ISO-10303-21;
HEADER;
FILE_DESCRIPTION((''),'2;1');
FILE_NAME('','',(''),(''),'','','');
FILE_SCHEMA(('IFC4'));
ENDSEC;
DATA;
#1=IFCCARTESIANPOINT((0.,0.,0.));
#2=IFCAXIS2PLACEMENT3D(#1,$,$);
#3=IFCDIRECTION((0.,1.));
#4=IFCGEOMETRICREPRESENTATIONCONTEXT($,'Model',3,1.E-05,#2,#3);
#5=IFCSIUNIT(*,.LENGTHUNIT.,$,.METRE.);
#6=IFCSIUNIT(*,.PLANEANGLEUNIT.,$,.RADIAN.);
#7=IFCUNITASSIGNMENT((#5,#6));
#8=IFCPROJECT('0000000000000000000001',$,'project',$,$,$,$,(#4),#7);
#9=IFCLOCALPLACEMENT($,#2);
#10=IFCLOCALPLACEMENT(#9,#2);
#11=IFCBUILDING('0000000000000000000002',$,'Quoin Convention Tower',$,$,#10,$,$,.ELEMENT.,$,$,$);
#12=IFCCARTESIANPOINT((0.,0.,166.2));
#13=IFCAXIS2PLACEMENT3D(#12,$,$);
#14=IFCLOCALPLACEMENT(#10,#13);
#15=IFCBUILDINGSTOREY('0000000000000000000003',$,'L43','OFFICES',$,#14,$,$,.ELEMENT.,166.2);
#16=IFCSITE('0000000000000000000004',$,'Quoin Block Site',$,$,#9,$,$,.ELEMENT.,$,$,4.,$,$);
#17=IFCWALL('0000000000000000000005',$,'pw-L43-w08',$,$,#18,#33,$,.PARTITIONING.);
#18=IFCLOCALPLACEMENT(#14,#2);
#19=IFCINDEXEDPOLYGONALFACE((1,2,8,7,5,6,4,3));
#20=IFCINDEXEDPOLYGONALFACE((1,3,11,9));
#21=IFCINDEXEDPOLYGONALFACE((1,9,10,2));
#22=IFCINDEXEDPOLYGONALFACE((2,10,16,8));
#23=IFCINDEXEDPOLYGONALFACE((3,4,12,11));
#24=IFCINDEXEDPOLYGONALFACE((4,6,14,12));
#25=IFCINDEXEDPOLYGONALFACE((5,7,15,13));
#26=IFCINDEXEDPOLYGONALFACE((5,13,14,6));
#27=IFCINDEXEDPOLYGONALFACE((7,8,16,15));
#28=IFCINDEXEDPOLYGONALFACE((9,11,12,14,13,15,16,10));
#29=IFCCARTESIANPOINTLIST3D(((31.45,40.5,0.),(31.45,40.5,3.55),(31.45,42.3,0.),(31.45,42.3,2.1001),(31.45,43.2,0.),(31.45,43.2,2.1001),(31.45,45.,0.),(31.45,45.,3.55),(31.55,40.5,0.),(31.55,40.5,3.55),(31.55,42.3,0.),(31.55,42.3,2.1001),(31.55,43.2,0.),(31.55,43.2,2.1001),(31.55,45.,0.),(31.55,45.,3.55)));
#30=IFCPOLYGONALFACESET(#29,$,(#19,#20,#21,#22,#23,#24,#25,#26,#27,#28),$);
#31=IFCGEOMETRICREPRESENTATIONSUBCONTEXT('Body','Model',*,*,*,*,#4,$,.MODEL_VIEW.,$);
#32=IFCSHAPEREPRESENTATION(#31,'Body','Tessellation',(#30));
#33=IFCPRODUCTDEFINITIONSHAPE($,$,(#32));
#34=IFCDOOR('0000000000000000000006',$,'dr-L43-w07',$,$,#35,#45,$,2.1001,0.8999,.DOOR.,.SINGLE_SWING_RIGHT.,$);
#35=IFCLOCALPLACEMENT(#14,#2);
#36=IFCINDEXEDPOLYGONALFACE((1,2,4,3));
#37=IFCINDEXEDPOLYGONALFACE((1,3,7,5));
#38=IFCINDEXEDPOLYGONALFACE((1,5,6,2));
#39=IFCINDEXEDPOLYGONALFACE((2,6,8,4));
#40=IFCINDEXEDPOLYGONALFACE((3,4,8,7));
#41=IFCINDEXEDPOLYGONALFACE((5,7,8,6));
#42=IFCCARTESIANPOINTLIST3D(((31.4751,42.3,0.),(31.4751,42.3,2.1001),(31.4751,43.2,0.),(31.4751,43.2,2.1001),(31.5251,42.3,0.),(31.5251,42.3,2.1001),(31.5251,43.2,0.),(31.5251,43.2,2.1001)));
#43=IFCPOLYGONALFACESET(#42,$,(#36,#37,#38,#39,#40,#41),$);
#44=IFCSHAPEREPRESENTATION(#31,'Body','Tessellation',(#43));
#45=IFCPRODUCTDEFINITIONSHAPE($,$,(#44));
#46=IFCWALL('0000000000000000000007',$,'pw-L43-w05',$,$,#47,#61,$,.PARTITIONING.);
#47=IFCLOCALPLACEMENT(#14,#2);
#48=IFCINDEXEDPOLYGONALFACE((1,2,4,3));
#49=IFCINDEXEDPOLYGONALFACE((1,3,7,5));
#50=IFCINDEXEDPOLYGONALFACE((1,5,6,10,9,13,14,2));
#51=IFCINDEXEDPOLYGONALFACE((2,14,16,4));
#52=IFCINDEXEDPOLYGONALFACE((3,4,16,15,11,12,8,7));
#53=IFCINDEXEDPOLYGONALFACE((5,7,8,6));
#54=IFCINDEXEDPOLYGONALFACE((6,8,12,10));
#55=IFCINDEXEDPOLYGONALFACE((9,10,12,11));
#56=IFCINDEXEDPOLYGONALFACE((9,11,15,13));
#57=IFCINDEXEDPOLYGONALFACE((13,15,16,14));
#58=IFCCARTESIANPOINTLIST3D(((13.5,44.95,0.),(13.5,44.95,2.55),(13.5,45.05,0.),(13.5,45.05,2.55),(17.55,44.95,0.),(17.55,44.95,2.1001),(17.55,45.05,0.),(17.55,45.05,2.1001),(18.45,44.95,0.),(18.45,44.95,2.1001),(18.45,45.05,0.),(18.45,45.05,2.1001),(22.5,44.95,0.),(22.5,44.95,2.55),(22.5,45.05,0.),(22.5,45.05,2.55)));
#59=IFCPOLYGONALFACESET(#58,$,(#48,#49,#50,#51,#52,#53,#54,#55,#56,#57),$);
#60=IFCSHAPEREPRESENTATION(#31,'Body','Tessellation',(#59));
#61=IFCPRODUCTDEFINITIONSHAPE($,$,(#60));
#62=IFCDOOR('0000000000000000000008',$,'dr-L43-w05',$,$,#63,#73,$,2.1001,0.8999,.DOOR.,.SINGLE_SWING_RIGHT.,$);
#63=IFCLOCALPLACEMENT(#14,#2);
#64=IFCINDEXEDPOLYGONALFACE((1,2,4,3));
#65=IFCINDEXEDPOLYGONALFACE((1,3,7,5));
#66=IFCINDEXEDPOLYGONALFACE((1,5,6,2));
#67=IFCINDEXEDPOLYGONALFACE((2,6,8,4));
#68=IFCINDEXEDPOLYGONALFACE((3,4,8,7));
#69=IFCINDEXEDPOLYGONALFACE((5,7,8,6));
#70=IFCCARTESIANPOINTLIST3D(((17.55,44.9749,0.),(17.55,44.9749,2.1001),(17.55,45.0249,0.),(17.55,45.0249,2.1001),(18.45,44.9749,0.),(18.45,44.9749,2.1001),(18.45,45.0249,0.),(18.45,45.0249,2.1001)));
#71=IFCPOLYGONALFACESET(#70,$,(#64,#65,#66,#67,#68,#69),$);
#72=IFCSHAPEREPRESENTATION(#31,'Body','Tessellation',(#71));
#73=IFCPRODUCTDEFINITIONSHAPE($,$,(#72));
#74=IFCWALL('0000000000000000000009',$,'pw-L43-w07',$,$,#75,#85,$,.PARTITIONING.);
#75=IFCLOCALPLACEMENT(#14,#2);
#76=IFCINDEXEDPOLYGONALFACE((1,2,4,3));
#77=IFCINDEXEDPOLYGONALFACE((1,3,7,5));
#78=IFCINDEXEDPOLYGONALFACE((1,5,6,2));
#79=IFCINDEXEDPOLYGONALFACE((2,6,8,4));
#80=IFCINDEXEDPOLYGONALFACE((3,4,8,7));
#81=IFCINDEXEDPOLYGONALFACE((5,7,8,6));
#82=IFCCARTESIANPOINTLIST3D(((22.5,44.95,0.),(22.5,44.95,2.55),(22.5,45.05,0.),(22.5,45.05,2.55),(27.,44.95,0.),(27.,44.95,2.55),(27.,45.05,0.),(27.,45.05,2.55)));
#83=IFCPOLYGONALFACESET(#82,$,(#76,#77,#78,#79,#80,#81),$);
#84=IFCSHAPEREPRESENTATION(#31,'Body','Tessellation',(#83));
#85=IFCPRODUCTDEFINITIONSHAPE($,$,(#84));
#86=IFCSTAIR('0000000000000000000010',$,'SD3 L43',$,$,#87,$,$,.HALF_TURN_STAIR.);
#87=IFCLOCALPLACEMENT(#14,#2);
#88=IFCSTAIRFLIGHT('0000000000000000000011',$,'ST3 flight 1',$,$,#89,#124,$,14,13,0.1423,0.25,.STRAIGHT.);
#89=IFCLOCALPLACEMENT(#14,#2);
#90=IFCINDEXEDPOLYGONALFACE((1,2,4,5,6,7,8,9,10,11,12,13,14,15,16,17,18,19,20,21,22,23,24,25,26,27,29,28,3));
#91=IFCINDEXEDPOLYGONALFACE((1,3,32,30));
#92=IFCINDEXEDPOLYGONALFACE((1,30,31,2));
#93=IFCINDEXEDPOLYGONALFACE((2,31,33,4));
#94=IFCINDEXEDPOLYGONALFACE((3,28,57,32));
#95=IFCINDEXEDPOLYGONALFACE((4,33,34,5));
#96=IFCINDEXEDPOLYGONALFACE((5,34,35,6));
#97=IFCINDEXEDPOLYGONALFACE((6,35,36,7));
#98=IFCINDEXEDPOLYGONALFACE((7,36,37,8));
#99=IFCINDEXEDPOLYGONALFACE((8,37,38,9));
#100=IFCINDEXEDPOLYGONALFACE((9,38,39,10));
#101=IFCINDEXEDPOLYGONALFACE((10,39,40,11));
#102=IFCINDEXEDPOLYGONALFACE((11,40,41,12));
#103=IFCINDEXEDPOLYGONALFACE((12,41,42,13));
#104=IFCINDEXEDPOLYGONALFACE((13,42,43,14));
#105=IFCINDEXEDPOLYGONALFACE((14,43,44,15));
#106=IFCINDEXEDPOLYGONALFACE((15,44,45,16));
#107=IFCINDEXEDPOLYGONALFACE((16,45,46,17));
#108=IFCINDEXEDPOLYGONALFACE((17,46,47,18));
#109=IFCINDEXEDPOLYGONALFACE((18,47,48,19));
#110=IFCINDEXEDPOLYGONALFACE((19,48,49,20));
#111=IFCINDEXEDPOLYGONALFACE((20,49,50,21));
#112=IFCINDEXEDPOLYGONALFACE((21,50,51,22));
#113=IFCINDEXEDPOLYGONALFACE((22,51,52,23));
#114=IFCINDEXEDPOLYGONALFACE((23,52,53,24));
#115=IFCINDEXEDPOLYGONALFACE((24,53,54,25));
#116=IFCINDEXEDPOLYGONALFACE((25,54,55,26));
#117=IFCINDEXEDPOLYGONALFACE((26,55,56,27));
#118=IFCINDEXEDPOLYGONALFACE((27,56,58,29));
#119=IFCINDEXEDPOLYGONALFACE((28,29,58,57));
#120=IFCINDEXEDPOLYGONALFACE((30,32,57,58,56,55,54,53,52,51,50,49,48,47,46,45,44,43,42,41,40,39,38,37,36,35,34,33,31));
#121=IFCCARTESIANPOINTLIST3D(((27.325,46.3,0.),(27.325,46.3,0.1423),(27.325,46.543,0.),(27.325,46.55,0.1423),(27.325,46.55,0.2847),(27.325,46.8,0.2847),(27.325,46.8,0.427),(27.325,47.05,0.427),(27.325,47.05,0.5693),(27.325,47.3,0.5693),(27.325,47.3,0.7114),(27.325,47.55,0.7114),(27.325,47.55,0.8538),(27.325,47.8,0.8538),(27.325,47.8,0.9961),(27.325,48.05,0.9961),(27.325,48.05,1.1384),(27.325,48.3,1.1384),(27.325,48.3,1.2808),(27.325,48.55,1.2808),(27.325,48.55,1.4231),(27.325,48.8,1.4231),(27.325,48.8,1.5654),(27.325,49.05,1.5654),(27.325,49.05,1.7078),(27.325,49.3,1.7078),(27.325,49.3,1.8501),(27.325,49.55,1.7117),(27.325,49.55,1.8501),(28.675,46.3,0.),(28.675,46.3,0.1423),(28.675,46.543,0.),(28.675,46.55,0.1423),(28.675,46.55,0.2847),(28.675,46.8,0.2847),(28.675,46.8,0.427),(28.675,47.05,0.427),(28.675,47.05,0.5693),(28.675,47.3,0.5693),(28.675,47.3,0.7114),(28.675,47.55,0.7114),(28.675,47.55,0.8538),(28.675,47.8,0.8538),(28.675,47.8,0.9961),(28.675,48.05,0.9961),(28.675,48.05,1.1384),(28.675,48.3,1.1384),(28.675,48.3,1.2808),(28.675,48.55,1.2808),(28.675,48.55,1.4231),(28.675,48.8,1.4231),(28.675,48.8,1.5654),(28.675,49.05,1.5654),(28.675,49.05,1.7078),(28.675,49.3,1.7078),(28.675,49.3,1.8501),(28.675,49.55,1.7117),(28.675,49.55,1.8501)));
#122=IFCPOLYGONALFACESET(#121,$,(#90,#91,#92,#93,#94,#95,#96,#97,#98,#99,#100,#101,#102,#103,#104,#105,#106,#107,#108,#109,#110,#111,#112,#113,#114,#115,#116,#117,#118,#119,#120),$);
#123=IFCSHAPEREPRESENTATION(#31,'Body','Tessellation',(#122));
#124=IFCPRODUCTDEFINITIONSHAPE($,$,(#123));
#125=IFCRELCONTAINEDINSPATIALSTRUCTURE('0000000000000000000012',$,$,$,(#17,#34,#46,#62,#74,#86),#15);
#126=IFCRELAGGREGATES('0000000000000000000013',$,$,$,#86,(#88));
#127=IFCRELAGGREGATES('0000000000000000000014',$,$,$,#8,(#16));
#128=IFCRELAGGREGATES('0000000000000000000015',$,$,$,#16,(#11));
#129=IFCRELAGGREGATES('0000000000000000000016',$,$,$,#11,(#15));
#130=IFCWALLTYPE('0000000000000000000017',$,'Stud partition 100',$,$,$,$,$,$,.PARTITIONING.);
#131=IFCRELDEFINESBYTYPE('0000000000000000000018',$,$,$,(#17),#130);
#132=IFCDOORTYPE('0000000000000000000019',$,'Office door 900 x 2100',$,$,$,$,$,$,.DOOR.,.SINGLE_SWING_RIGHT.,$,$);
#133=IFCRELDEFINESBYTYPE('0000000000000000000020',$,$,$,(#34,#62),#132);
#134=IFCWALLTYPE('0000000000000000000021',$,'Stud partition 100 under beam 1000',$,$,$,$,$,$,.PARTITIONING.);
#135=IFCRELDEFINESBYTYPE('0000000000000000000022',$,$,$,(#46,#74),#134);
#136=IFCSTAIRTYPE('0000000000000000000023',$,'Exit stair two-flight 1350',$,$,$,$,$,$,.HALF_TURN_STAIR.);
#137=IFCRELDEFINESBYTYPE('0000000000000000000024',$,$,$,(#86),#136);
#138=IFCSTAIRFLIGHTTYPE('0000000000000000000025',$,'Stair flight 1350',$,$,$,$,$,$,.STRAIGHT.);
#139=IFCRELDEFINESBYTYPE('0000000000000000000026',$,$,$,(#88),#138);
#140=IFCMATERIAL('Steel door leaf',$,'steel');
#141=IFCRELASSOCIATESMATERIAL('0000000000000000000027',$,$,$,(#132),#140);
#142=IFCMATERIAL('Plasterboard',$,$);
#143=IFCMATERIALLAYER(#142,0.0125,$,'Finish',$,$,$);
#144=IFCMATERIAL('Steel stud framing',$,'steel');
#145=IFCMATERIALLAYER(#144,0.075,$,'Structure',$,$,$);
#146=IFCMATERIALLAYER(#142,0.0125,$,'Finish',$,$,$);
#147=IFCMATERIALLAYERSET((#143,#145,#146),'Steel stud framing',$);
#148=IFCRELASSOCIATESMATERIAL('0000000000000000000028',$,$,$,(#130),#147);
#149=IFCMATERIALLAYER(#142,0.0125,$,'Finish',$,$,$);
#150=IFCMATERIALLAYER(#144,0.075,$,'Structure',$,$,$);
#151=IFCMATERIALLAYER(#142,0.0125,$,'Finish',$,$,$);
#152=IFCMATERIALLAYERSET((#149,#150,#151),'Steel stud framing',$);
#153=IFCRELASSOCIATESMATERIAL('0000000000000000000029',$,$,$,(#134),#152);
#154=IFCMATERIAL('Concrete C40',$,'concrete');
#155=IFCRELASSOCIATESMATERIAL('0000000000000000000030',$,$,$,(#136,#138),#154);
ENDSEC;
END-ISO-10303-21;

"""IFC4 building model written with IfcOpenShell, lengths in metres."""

from ifc_helpers import new_model, si_unit, direction, frame, frame_2d, origin, place, context, subcontext, project, spatial, polyline, rectangle, outline, extrude, material, layer, layer_set, type_object, element, fill, aggregate, save


model = new_model("IFC4")

# Units and contexts
model_context = context("Model", 3, precision=1e-05, world=origin(), true_north=direction((0.0, 1.0)))
body_context = subcontext(model_context, "Body", "Model", "MODEL_VIEW")
ifc_project = project(units=[si_unit("LENGTHUNIT", "METRE"), si_unit("PLANEANGLEUNIT", "RADIAN")], contexts=[model_context])

# Site, building, storey
site_placement = place(None, origin())
site = spatial("IfcSite", under=ifc_project, at=site_placement, Name="Quoin Block Site", CompositionType="ELEMENT", RefElevation=4.0)
building_placement = place(site_placement, origin())
building = spatial("IfcBuilding", under=site, at=building_placement, Name="Quoin Convention Tower", CompositionType="ELEMENT")
storey_placement = place(building_placement, frame((0.0, 0.0, 166.2)))
storey = spatial("IfcBuildingStorey", under=building, at=storey_placement, Name="L43", Description="OFFICES", CompositionType="ELEMENT", Elevation=166.2)

# Shared definitions
ifc_material_1 = material(Name="Plasterboard")
ifc_material_2 = material(Name="Steel stud framing", Category="steel")
ifc_material_3 = material(Name="Steel door leaf", Category="steel")
door_type_1 = type_object("IfcDoorType", Name="Office door 900 x 2100", OperationType="SINGLE_SWING_RIGHT", PredefinedType="DOOR", material=ifc_material_3)

# Walls, openings, doors
ifc_layer_1 = layer(ifc_material_1, 0.0125, Name="Finish")
ifc_layer_2 = layer(ifc_material_2, 0.075, Name="Structure")
ifc_layer_3 = layer(ifc_material_1, 0.0125, Name="Finish")
ifc_layer_set_1 = layer_set([ifc_layer_1, ifc_layer_2, ifc_layer_3], Name="Steel stud framing")
wall_type_1 = type_object("IfcWallType", Name="Stud partition 100", PredefinedType="PARTITIONING", material=ifc_layer_set_1)
wall_1_placement = place(storey_placement, frame((31.5, 45.0, 0.0), z_axis=(0.0, 0.0, 1.0), x_axis=(0.0, -1.0, 0.0)))
wall_1 = element("IfcWall", 1, at=wall_1_placement, inside=storey, type_object=wall_type_1, Name="pw-L43-w08", PredefinedType="PARTITIONING", context=body_context, shape_type="SweptSolid", body=[
    extrude(rectangle(XDim=4.5, YDim=0.1001, at=frame_2d((2.25, 0.0))), origin(), (0.0, 0.0, 1.0), 3.55),
])
opening_1_placement = place(wall_1_placement, frame((1.8, 0.0, 0.0)))
opening_1 = element("IfcOpeningElement", 2, at=opening_1_placement, cuts=wall_1, PredefinedType="OPENING", context=body_context, shape_type="SweptSolid", body=[
    extrude(rectangle(XDim=0.8999, YDim=2.1001, at=frame_2d((0.45, 1.05))), frame((0.0, 0.0601, 0.0), z_axis=(0.0, -1.0, 0.0), x_axis=(1.0, 0.0, 0.0)), (0.0, 0.0, 1.0), 0.1201),
])
door_1_placement = place(opening_1_placement, frame((0.8999, 0.0, 0.0), z_axis=(0.0, 0.0, 1.0), x_axis=(-1.0, 0.0, 0.0)))
door_1 = element("IfcDoor", 3, at=door_1_placement, inside=storey, type_object=door_type_1, Name="dr-L43-w07", OperationType="SINGLE_SWING_RIGHT", OverallHeight=2.1001, OverallWidth=0.8999, PredefinedType="DOOR", context=body_context, shape_type="SweptSolid", body=[
    extrude(rectangle(XDim=0.8999, YDim=2.1001, at=frame_2d((0.45, 1.05))), frame((0.0, 0.0249, 0.0), z_axis=(0.0, -1.0, 0.0), x_axis=(1.0, 0.0, 0.0)), (0.0, 0.0, 1.0), 0.05),
])
fill(opening_1, door_1)
ifc_layer_4 = layer(ifc_material_1, 0.0125, Name="Finish")
ifc_layer_5 = layer(ifc_material_2, 0.075, Name="Structure")
ifc_layer_6 = layer(ifc_material_1, 0.0125, Name="Finish")
ifc_layer_set_2 = layer_set([ifc_layer_4, ifc_layer_5, ifc_layer_6], Name="Steel stud framing")
wall_type_2 = type_object("IfcWallType", Name="Stud partition 100 under beam 1000", PredefinedType="PARTITIONING", material=ifc_layer_set_2)
wall_2_placement = place(storey_placement, frame((22.5, 45.0, 0.0), z_axis=(0.0, 0.0, 1.0), x_axis=(-1.0, 0.0, 0.0)))
wall_2 = element("IfcWall", 4, at=wall_2_placement, inside=storey, type_object=wall_type_2, Name="pw-L43-w05", PredefinedType="PARTITIONING", context=body_context, shape_type="SweptSolid", body=[
    extrude(rectangle(XDim=9.0, YDim=0.1001, at=frame_2d((4.5, 0.0))), origin(), (0.0, 0.0, 1.0), 2.55),
])
opening_2_placement = place(wall_2_placement, frame((4.05, 0.0, 0.0)))
opening_2 = element("IfcOpeningElement", 5, at=opening_2_placement, cuts=wall_2, PredefinedType="OPENING", context=body_context, shape_type="SweptSolid", body=[
    extrude(rectangle(XDim=0.8999, YDim=2.1001, at=frame_2d((0.45, 1.05))), frame((0.0, 0.0601, 0.0), z_axis=(0.0, -1.0, 0.0), x_axis=(1.0, 0.0, 0.0)), (0.0, 0.0, 1.0), 0.1201),
])
door_2_placement = place(opening_2_placement, frame((0.8999, 0.0, 0.0), z_axis=(0.0, 0.0, 1.0), x_axis=(-1.0, 0.0, 0.0)))
door_2 = element("IfcDoor", 6, at=door_2_placement, inside=storey, type_object=door_type_1, Name="dr-L43-w05", OperationType="SINGLE_SWING_RIGHT", OverallHeight=2.1001, OverallWidth=0.8999, PredefinedType="DOOR", context=body_context, shape_type="SweptSolid", body=[
    extrude(rectangle(XDim=0.8999, YDim=2.1001, at=frame_2d((0.45, 1.05))), frame((0.0, 0.0249, 0.0), z_axis=(0.0, -1.0, 0.0), x_axis=(1.0, 0.0, 0.0)), (0.0, 0.0, 1.0), 0.05),
])
fill(opening_2, door_2)

# Wall
wall_3_placement = place(storey_placement, frame((22.5, 45.0, 0.0), z_axis=(0.0, 0.0, 1.0), x_axis=(1.0, 0.0, 0.0)))
element("IfcWall", 7, at=wall_3_placement, inside=storey, type_object=wall_type_2, Name="pw-L43-w07", PredefinedType="PARTITIONING", context=body_context, shape_type="SweptSolid", body=[
    extrude(rectangle(XDim=4.5, YDim=0.1001, at=frame_2d((2.25, 0.0))), origin(), (0.0, 0.0, 1.0), 2.55),
])

# Stair, stair flight
ifc_material_4 = material(Name="Concrete C40", Category="concrete")
stair_type = type_object("IfcStairType", Name="Exit stair two-flight 1350", PredefinedType="HALF_TURN_STAIR", material=ifc_material_4)
stair_placement = place(storey_placement, origin())
stair = element("IfcStair", 8, at=stair_placement, inside=storey, type_object=stair_type, Name="SD3 L43", PredefinedType="HALF_TURN_STAIR")
stair_flight_type = type_object("IfcStairFlightType", Name="Stair flight 1350", PredefinedType="STRAIGHT", material=ifc_material_4)
stair_flight_placement = place(storey_placement, frame((28.0, 46.3, 0.0), z_axis=(0.0, 0.0, 1.0), x_axis=(0.0, 1.0, 0.0)))
stair_flight = element("IfcStairFlight", 9, at=stair_flight_placement, type_object=stair_flight_type, Name="ST3 flight 1", NumberOfRisers=14, NumberOfTreads=13, PredefinedType="STRAIGHT", RiserHeight=0.1423, TreadLength=0.25, context=body_context, shape_type="SweptSolid", body=[
    extrude(outline(polyline([(0.0, 0.0), (0.0, 0.1423), (0.25, 0.1423), (0.25, 0.2847), (0.5, 0.2847), (0.5, 0.427), (0.75, 0.427), (0.75, 0.5693), (1.0, 0.5693), (1.0, 0.7114), (1.25, 0.7114), (1.25, 0.8538), (1.5, 0.8538), (1.5, 0.9961), (1.75, 0.9961), (1.75, 1.1384), (2.0, 1.1384), (2.0, 1.2808), (2.25, 1.2808), (2.25, 1.4231), (2.5, 1.4231), (2.5, 1.5654), (2.75, 1.5654), (2.75, 1.7078), (3.0, 1.7078), (3.0, 1.8501), (3.25, 1.8501), (3.25, 1.9922), (3.25, 1.7117), (0.2429, 0.0), (0.0, 0.0)])), frame((0.0, 0.675, 0.0), z_axis=(0.0, -1.0, 0.0), x_axis=(1.0, 0.0, 0.0)), (0.0, 0.0, 1.0), 1.3501),
])
aggregate(stair, [stair_flight])

save(model, "model.ifc")
